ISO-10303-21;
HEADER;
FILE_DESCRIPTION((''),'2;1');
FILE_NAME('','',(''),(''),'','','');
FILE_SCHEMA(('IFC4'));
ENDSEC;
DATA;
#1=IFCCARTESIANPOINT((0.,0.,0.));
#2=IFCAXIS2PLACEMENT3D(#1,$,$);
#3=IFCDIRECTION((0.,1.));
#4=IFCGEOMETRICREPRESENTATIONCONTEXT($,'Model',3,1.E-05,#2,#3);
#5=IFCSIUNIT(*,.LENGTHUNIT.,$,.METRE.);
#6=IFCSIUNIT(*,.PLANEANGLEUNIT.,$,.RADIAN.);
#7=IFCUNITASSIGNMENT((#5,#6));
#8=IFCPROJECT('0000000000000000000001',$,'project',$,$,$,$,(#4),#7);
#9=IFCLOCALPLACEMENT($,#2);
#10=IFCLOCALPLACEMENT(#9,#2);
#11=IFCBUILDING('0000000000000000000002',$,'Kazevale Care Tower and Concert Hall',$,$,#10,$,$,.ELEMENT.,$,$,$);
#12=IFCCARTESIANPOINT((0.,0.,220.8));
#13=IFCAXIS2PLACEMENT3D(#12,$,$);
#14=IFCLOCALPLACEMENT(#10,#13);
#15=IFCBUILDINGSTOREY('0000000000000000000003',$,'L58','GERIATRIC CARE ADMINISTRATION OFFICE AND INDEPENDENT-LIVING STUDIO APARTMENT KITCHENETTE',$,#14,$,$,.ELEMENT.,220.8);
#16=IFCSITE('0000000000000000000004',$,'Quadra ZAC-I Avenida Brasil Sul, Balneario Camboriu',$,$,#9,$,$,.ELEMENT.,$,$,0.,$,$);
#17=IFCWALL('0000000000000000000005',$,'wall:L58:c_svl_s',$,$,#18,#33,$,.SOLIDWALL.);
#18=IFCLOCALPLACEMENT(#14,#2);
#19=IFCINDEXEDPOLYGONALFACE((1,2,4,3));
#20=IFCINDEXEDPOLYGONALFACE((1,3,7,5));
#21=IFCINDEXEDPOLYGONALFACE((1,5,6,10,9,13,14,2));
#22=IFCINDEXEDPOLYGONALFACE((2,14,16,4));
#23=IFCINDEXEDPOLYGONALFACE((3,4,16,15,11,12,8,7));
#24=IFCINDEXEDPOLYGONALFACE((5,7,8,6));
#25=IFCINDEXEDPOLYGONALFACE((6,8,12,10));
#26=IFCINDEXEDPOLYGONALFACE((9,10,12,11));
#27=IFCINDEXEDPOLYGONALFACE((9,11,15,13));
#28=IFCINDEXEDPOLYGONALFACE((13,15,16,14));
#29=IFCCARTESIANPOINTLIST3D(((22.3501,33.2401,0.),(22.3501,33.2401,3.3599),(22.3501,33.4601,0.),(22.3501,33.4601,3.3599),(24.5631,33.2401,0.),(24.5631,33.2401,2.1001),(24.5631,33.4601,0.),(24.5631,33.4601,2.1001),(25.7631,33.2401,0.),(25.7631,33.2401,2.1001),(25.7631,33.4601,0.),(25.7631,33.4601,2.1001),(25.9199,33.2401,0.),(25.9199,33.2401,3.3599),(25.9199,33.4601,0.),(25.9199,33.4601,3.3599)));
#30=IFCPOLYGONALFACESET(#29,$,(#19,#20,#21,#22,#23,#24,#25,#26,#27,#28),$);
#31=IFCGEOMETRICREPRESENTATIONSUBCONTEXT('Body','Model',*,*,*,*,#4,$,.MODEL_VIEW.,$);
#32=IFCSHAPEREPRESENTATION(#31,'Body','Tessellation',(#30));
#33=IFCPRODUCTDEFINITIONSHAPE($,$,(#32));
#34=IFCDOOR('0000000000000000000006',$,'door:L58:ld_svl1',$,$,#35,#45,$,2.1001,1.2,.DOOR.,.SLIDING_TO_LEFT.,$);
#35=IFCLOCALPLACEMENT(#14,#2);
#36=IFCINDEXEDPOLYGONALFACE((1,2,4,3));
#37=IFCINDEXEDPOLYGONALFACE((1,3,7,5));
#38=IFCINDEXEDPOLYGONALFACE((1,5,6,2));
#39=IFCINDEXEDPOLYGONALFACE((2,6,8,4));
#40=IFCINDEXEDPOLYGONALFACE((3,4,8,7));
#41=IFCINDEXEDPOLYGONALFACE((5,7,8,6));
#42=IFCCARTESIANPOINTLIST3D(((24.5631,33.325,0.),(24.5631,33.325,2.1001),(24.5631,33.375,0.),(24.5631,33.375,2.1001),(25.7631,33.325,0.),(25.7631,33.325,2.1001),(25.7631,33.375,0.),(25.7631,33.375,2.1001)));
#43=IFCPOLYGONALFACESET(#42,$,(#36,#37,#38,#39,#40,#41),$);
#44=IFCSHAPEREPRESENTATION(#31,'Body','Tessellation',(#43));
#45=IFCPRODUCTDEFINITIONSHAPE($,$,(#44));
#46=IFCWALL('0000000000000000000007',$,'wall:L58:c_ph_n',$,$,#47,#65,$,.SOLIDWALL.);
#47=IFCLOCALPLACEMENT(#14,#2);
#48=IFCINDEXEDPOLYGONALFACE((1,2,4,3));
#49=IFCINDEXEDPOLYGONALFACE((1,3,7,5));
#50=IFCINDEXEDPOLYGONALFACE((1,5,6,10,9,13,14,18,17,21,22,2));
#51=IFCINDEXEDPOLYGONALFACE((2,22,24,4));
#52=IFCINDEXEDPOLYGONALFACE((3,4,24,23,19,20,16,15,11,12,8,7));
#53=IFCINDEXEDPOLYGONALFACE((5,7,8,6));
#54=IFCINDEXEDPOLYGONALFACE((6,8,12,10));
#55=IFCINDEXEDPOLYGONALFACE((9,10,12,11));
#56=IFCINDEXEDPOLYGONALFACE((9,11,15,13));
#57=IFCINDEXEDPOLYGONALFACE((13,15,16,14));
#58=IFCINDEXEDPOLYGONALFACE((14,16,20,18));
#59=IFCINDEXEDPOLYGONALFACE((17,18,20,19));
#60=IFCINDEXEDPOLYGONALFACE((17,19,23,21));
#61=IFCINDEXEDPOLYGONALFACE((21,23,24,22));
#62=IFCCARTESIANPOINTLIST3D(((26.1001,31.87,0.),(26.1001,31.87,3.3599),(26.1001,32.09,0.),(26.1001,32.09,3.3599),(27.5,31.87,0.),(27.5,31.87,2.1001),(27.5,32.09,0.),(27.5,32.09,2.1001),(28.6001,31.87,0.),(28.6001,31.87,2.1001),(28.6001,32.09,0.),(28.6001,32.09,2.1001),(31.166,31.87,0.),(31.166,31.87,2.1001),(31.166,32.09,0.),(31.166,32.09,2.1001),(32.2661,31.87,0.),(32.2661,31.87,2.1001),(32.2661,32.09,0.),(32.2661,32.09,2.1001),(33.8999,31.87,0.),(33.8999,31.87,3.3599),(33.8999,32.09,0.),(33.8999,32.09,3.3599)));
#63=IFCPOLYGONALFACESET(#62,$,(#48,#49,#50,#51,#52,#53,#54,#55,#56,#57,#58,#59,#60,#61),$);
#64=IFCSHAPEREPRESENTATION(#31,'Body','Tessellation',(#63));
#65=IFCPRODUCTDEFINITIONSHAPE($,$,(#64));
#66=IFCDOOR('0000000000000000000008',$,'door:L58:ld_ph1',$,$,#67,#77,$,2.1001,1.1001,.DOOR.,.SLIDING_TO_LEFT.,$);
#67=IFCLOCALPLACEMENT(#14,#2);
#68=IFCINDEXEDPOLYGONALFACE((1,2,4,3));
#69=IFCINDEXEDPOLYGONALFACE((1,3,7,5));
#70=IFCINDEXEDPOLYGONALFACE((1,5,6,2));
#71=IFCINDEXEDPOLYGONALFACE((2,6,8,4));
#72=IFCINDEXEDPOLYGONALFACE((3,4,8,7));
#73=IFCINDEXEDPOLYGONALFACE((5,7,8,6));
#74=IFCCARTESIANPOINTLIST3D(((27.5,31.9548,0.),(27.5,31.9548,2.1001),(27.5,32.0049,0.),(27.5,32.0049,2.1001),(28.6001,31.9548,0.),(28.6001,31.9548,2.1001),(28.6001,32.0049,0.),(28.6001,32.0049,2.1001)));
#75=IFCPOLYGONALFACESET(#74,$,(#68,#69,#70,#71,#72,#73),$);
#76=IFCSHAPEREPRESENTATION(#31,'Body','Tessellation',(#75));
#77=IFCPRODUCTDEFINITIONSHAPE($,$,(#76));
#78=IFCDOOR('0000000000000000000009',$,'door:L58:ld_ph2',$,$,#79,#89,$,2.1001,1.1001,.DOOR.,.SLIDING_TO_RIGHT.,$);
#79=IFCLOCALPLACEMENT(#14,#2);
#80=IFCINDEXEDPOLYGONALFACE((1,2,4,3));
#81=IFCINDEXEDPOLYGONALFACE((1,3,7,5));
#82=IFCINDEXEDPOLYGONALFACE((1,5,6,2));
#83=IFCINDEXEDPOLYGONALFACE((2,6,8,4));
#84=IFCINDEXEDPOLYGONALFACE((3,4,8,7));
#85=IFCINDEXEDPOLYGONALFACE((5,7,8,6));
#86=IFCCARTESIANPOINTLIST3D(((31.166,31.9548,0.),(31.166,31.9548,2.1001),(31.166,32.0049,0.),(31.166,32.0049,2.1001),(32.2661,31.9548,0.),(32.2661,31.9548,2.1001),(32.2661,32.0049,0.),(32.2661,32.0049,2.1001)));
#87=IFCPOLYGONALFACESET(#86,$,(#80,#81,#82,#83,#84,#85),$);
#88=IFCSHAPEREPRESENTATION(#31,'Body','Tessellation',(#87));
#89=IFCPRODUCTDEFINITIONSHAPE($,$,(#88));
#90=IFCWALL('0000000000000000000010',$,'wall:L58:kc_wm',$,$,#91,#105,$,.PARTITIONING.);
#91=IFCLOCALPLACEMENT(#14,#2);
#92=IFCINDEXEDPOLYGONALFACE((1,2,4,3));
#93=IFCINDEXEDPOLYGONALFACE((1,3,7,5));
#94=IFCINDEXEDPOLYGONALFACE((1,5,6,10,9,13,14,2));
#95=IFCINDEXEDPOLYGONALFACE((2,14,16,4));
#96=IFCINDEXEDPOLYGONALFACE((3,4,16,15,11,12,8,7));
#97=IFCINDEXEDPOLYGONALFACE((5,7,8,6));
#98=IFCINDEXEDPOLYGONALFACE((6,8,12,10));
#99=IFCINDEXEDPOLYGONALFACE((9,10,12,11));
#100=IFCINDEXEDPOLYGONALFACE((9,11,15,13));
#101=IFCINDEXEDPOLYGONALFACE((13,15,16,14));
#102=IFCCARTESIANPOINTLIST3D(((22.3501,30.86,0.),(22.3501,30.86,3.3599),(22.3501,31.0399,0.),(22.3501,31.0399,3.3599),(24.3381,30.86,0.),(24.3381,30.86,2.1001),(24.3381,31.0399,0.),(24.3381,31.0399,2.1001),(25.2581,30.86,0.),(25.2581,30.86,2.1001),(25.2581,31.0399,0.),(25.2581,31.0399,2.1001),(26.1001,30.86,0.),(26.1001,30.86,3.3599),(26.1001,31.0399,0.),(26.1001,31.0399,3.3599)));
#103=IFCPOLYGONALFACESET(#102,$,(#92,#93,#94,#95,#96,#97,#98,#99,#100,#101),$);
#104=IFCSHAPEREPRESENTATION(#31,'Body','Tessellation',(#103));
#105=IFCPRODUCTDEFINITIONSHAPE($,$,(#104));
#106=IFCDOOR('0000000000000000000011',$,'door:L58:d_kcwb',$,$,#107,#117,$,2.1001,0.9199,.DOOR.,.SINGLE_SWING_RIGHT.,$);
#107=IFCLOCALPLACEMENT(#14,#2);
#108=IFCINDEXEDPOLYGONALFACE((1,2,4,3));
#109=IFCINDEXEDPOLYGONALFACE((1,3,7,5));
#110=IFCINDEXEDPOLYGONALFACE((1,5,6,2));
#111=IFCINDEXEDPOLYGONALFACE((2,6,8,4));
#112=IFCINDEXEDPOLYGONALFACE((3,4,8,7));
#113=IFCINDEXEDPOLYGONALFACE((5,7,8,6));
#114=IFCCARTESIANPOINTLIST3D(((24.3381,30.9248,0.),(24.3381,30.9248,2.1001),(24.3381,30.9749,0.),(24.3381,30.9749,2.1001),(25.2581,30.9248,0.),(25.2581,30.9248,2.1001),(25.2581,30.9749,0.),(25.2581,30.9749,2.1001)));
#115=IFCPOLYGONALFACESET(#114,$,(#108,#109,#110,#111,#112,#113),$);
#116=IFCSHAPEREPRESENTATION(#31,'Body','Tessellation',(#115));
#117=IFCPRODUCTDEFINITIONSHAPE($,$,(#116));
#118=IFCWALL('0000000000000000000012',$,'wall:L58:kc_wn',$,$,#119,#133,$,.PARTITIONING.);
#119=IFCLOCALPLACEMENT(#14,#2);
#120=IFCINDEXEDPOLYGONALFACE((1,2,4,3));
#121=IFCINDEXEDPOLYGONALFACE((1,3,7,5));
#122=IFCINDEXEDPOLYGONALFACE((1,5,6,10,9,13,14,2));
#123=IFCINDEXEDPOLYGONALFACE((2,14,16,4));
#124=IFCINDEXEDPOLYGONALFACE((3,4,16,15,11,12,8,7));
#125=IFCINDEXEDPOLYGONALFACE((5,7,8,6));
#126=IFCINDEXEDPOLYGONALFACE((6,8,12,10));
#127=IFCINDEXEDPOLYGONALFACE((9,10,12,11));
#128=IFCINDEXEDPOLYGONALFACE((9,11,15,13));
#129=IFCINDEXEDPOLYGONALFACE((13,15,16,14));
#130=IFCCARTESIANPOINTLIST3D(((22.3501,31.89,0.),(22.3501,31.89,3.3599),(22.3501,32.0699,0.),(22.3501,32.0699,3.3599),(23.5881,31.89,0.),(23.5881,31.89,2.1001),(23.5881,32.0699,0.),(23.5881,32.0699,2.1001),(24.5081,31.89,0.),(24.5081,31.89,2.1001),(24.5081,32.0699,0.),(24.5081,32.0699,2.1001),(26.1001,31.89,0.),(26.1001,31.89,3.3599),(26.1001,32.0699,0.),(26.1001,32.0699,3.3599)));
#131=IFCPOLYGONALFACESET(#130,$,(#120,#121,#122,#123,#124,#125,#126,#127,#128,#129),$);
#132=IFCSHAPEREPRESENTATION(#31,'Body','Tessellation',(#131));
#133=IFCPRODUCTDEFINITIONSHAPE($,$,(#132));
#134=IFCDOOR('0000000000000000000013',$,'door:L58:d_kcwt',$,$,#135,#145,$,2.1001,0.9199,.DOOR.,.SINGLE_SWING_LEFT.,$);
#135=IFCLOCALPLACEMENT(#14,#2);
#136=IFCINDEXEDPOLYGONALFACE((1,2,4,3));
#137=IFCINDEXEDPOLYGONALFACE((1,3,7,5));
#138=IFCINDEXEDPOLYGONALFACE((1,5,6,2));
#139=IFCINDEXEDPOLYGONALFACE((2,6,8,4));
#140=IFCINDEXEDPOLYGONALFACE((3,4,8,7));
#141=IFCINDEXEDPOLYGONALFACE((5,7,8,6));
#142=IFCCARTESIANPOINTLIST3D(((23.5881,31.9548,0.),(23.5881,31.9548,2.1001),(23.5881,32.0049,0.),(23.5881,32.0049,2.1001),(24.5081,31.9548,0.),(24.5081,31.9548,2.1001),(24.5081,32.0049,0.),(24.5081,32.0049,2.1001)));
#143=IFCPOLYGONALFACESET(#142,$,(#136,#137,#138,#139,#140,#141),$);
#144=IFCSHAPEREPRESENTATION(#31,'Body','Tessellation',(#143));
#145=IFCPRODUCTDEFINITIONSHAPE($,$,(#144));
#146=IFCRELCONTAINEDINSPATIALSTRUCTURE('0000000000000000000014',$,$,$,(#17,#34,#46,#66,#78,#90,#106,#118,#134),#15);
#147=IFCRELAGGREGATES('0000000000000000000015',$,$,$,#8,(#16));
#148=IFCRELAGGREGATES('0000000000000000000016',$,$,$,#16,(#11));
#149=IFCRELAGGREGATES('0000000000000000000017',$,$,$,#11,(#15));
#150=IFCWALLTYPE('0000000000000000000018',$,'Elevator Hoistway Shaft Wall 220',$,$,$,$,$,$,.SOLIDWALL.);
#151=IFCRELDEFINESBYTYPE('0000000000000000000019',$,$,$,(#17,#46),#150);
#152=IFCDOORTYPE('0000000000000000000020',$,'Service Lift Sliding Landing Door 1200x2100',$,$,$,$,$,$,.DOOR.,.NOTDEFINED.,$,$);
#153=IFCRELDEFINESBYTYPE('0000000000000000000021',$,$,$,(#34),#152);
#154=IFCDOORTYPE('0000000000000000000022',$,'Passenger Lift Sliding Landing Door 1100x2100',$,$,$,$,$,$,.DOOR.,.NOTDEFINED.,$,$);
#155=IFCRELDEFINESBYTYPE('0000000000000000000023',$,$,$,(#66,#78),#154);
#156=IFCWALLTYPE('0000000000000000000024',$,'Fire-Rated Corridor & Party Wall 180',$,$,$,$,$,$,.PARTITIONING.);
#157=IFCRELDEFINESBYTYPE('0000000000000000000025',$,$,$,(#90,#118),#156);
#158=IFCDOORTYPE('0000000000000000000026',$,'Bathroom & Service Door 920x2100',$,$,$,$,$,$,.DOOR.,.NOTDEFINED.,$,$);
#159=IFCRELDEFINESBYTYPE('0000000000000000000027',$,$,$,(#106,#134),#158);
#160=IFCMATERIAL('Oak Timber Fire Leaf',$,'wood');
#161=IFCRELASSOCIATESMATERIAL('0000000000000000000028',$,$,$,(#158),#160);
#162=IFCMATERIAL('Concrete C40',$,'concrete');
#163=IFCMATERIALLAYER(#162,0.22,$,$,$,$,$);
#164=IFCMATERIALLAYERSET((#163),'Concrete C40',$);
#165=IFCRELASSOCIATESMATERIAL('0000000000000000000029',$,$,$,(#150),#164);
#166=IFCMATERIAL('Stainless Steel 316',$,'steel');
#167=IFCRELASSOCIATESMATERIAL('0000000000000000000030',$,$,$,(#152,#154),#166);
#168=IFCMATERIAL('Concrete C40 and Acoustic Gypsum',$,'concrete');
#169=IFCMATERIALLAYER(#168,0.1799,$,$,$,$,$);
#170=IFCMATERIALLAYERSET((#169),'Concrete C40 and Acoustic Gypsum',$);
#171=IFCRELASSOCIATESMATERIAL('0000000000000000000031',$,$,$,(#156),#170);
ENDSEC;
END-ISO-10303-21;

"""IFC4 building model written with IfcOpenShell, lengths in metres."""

from ifc_helpers import new_model, si_unit, direction, frame, frame_2d, origin, place, context, subcontext, project, spatial, rectangle, extrude, material, layer, layer_set, type_object, element, fill, save


model = new_model("IFC4")

# Units and contexts
model_context = context("Model", 3, precision=1e-05, world=origin(), true_north=direction((0.0, 1.0)))
body_context = subcontext(model_context, "Body", "Model", "MODEL_VIEW")
ifc_project = project(units=[si_unit("LENGTHUNIT", "METRE"), si_unit("PLANEANGLEUNIT", "RADIAN")], contexts=[model_context])

# Site, building, storey
site_placement = place(None, origin())
site = spatial("IfcSite", under=ifc_project, at=site_placement, Name="Quadra ZAC-I Avenida Brasil Sul, Balneario Camboriu", CompositionType="ELEMENT", RefElevation=0.0)
building_placement = place(site_placement, origin())
building = spatial("IfcBuilding", under=site, at=building_placement, Name="Kazevale Care Tower and Concert Hall", CompositionType="ELEMENT")
storey_placement = place(building_placement, frame((0.0, 0.0, 220.8)))
storey = spatial("IfcBuildingStorey", under=building, at=storey_placement, Name="L58", Description="GERIATRIC CARE ADMINISTRATION OFFICE AND INDEPENDENT-LIVING STUDIO APARTMENT KITCHENETTE", CompositionType="ELEMENT", Elevation=220.8)

# Shared definitions
ifc_material_1 = material(Name="Oak Timber Fire Leaf", Category="wood")
door_type_1 = type_object("IfcDoorType", Name="Bathroom & Service Door 920x2100", OperationType="NOTDEFINED", PredefinedType="DOOR", material=ifc_material_1)

# Shared definitions
ifc_material_2 = material(Name="Concrete C40", Category="concrete")
ifc_layer_1 = layer(ifc_material_2, 0.22)
ifc_layer_set_1 = layer_set([ifc_layer_1], Name="Concrete C40")
wall_type_1 = type_object("IfcWallType", Name="Elevator Hoistway Shaft Wall 220", PredefinedType="SOLIDWALL", material=ifc_layer_set_1)

# Wall, opening, door
wall_1_placement = place(storey_placement, frame((22.3501, 33.3501, 0.0), z_axis=(0.0, 0.0, 1.0), x_axis=(1.0, 0.0, 0.0)))
wall_1 = element("IfcWall", 1, at=wall_1_placement, inside=storey, type_object=wall_type_1, Name="wall:L58:c_svl_s", PredefinedType="SOLIDWALL", context=body_context, shape_type="SweptSolid", body=[
    extrude(rectangle(XDim=3.5698, YDim=0.22, at=frame_2d((1.7849, 0.0))), origin(), (0.0, 0.0, 1.0), 3.3599),
])
opening_1_placement = place(wall_1_placement, frame((2.2129, 0.0, 0.0)))
opening_1 = element("IfcOpeningElement", 2, at=opening_1_placement, cuts=wall_1, PredefinedType="OPENING", context=body_context, shape_type="SweptSolid", body=[
    extrude(rectangle(XDim=1.2, YDim=2.1001, at=frame_2d((0.6001, 1.05))), frame((0.0, 0.1199, 0.0), z_axis=(0.0, -1.0, 0.0), x_axis=(1.0, 0.0, 0.0)), (0.0, 0.0, 1.0), 0.24),
])
ifc_material_3 = material(Name="Stainless Steel 316", Category="steel")
door_type_2 = type_object("IfcDoorType", Name="Service Lift Sliding Landing Door 1200x2100", OperationType="NOTDEFINED", PredefinedType="DOOR", material=ifc_material_3)
door_1_placement = place(opening_1_placement, origin())
door_1 = element("IfcDoor", 3, at=door_1_placement, inside=storey, type_object=door_type_2, Name="door:L58:ld_svl1", OperationType="SLIDING_TO_LEFT", OverallHeight=2.1001, OverallWidth=1.2, PredefinedType="DOOR", context=body_context, shape_type="SweptSolid", body=[
    extrude(rectangle(XDim=1.2, YDim=2.1001, at=frame_2d((0.6001, 1.05))), frame((0.0, 0.0249, 0.0), z_axis=(0.0, -1.0, 0.0), x_axis=(1.0, 0.0, 0.0)), (0.0, 0.0, 1.0), 0.05),
])
fill(opening_1, door_1)

# Wall, openings, doors
wall_2_placement = place(storey_placement, frame((26.1001, 31.98, 0.0), z_axis=(0.0, 0.0, 1.0), x_axis=(1.0, 0.0, 0.0)))
wall_2 = element("IfcWall", 4, at=wall_2_placement, inside=storey, type_object=wall_type_1, Name="wall:L58:c_ph_n", PredefinedType="SOLIDWALL", context=body_context, shape_type="SweptSolid", body=[
    extrude(rectangle(XDim=7.7998, YDim=0.22, at=frame_2d((3.8999, 0.0))), origin(), (0.0, 0.0, 1.0), 3.3599),
])
opening_2_placement = place(wall_2_placement, frame((1.3999, 0.0, 0.0)))
opening_2 = element("IfcOpeningElement", 5, at=opening_2_placement, cuts=wall_2, PredefinedType="OPENING", context=body_context, shape_type="SweptSolid", body=[
    extrude(rectangle(XDim=1.1001, YDim=2.1001, at=frame_2d((0.55, 1.05))), frame((0.0, 0.1199, 0.0), z_axis=(0.0, -1.0, 0.0), x_axis=(1.0, 0.0, 0.0)), (0.0, 0.0, 1.0), 0.24),
])
opening_3_placement = place(wall_2_placement, frame((5.0659, 0.0, 0.0)))
opening_3 = element("IfcOpeningElement", 6, at=opening_3_placement, cuts=wall_2, PredefinedType="OPENING", context=body_context, shape_type="SweptSolid", body=[
    extrude(rectangle(XDim=1.1001, YDim=2.1001, at=frame_2d((0.55, 1.05))), frame((0.0, 0.1199, 0.0), z_axis=(0.0, -1.0, 0.0), x_axis=(1.0, 0.0, 0.0)), (0.0, 0.0, 1.0), 0.24),
])
door_type_3 = type_object("IfcDoorType", Name="Passenger Lift Sliding Landing Door 1100x2100", OperationType="NOTDEFINED", PredefinedType="DOOR", material=ifc_material_3)
door_2_placement = place(opening_2_placement, origin())
door_2 = element("IfcDoor", 7, at=door_2_placement, inside=storey, type_object=door_type_3, Name="door:L58:ld_ph1", OperationType="SLIDING_TO_LEFT", OverallHeight=2.1001, OverallWidth=1.1001, PredefinedType="DOOR", context=body_context, shape_type="SweptSolid", body=[
    extrude(rectangle(XDim=1.1001, YDim=2.1001, at=frame_2d((0.55, 1.05))), frame((0.0, 0.0249, 0.0), z_axis=(0.0, -1.0, 0.0), x_axis=(1.0, 0.0, 0.0)), (0.0, 0.0, 1.0), 0.05),
])
fill(opening_2, door_2)
door_3_placement = place(opening_3_placement, origin())
door_3 = element("IfcDoor", 8, at=door_3_placement, inside=storey, type_object=door_type_3, Name="door:L58:ld_ph2", OperationType="SLIDING_TO_RIGHT", OverallHeight=2.1001, OverallWidth=1.1001, PredefinedType="DOOR", context=body_context, shape_type="SweptSolid", body=[
    extrude(rectangle(XDim=1.1001, YDim=2.1001, at=frame_2d((0.55, 1.05))), frame((0.0, 0.0249, 0.0), z_axis=(0.0, -1.0, 0.0), x_axis=(1.0, 0.0, 0.0)), (0.0, 0.0, 1.0), 0.05),
])
fill(opening_3, door_3)

# Walls, openings, doors
ifc_material_4 = material(Name="Concrete C40 and Acoustic Gypsum", Category="concrete")
ifc_layer_2 = layer(ifc_material_4, 0.1799)
ifc_layer_set_2 = layer_set([ifc_layer_2], Name="Concrete C40 and Acoustic Gypsum")
wall_type_2 = type_object("IfcWallType", Name="Fire-Rated Corridor & Party Wall 180", PredefinedType="PARTITIONING", material=ifc_layer_set_2)
wall_3_placement = place(storey_placement, frame((22.3501, 30.95, 0.0), z_axis=(0.0, 0.0, 1.0), x_axis=(1.0, 0.0, 0.0)))
wall_3 = element("IfcWall", 9, at=wall_3_placement, inside=storey, type_object=wall_type_2, Name="wall:L58:kc_wm", PredefinedType="PARTITIONING", context=body_context, shape_type="SweptSolid", body=[
    extrude(rectangle(XDim=3.75, YDim=0.1799, at=frame_2d((1.875, 0.0))), origin(), (0.0, 0.0, 1.0), 3.3599),
])
opening_4_placement = place(wall_3_placement, frame((1.988, 0.0, 0.0)))
opening_4 = element("IfcOpeningElement", 10, at=opening_4_placement, cuts=wall_3, PredefinedType="OPENING", context=body_context, shape_type="SweptSolid", body=[
    extrude(rectangle(XDim=0.9199, YDim=2.1001, at=frame_2d((0.46, 1.05))), frame((0.0, 0.0999, 0.0), z_axis=(0.0, -1.0, 0.0), x_axis=(1.0, 0.0, 0.0)), (0.0, 0.0, 1.0), 0.2),
])
door_4_placement = place(opening_4_placement, origin())
door_4 = element("IfcDoor", 11, at=door_4_placement, inside=storey, type_object=door_type_1, Name="door:L58:d_kcwb", OperationType="SINGLE_SWING_RIGHT", OverallHeight=2.1001, OverallWidth=0.9199, PredefinedType="DOOR", context=body_context, shape_type="SweptSolid", body=[
    extrude(rectangle(XDim=0.9199, YDim=2.1001, at=frame_2d((0.46, 1.05))), frame((0.0, 0.0249, 0.0), z_axis=(0.0, -1.0, 0.0), x_axis=(1.0, 0.0, 0.0)), (0.0, 0.0, 1.0), 0.05),
])
fill(opening_4, door_4)
wall_4_placement = place(storey_placement, frame((22.3501, 31.98, 0.0), z_axis=(0.0, 0.0, 1.0), x_axis=(1.0, 0.0, 0.0)))
wall_4 = element("IfcWall", 12, at=wall_4_placement, inside=storey, type_object=wall_type_2, Name="wall:L58:kc_wn", PredefinedType="PARTITIONING", context=body_context, shape_type="SweptSolid", body=[
    extrude(rectangle(XDim=3.75, YDim=0.1799, at=frame_2d((1.875, 0.0))), origin(), (0.0, 0.0, 1.0), 3.3599),
])
opening_5_placement = place(wall_4_placement, frame((1.238, 0.0, 0.0)))
opening_5 = element("IfcOpeningElement", 13, at=opening_5_placement, cuts=wall_4, PredefinedType="OPENING", context=body_context, shape_type="SweptSolid", body=[
    extrude(rectangle(XDim=0.9199, YDim=2.1001, at=frame_2d((0.46, 1.05))), frame((0.0, 0.0999, 0.0), z_axis=(0.0, -1.0, 0.0), x_axis=(1.0, 0.0, 0.0)), (0.0, 0.0, 1.0), 0.2),
])
door_5_placement = place(opening_5_placement, origin())
door_5 = element("IfcDoor", 14, at=door_5_placement, inside=storey, type_object=door_type_1, Name="door:L58:d_kcwt", OperationType="SINGLE_SWING_LEFT", OverallHeight=2.1001, OverallWidth=0.9199, PredefinedType="DOOR", context=body_context, shape_type="SweptSolid", body=[
    extrude(rectangle(XDim=0.9199, YDim=2.1001, at=frame_2d((0.46, 1.05))), frame((0.0, 0.0249, 0.0), z_axis=(0.0, -1.0, 0.0), x_axis=(1.0, 0.0, 0.0)), (0.0, 0.0, 1.0), 0.05),
])
fill(opening_5, door_5)

save(model, "model.ifc")
